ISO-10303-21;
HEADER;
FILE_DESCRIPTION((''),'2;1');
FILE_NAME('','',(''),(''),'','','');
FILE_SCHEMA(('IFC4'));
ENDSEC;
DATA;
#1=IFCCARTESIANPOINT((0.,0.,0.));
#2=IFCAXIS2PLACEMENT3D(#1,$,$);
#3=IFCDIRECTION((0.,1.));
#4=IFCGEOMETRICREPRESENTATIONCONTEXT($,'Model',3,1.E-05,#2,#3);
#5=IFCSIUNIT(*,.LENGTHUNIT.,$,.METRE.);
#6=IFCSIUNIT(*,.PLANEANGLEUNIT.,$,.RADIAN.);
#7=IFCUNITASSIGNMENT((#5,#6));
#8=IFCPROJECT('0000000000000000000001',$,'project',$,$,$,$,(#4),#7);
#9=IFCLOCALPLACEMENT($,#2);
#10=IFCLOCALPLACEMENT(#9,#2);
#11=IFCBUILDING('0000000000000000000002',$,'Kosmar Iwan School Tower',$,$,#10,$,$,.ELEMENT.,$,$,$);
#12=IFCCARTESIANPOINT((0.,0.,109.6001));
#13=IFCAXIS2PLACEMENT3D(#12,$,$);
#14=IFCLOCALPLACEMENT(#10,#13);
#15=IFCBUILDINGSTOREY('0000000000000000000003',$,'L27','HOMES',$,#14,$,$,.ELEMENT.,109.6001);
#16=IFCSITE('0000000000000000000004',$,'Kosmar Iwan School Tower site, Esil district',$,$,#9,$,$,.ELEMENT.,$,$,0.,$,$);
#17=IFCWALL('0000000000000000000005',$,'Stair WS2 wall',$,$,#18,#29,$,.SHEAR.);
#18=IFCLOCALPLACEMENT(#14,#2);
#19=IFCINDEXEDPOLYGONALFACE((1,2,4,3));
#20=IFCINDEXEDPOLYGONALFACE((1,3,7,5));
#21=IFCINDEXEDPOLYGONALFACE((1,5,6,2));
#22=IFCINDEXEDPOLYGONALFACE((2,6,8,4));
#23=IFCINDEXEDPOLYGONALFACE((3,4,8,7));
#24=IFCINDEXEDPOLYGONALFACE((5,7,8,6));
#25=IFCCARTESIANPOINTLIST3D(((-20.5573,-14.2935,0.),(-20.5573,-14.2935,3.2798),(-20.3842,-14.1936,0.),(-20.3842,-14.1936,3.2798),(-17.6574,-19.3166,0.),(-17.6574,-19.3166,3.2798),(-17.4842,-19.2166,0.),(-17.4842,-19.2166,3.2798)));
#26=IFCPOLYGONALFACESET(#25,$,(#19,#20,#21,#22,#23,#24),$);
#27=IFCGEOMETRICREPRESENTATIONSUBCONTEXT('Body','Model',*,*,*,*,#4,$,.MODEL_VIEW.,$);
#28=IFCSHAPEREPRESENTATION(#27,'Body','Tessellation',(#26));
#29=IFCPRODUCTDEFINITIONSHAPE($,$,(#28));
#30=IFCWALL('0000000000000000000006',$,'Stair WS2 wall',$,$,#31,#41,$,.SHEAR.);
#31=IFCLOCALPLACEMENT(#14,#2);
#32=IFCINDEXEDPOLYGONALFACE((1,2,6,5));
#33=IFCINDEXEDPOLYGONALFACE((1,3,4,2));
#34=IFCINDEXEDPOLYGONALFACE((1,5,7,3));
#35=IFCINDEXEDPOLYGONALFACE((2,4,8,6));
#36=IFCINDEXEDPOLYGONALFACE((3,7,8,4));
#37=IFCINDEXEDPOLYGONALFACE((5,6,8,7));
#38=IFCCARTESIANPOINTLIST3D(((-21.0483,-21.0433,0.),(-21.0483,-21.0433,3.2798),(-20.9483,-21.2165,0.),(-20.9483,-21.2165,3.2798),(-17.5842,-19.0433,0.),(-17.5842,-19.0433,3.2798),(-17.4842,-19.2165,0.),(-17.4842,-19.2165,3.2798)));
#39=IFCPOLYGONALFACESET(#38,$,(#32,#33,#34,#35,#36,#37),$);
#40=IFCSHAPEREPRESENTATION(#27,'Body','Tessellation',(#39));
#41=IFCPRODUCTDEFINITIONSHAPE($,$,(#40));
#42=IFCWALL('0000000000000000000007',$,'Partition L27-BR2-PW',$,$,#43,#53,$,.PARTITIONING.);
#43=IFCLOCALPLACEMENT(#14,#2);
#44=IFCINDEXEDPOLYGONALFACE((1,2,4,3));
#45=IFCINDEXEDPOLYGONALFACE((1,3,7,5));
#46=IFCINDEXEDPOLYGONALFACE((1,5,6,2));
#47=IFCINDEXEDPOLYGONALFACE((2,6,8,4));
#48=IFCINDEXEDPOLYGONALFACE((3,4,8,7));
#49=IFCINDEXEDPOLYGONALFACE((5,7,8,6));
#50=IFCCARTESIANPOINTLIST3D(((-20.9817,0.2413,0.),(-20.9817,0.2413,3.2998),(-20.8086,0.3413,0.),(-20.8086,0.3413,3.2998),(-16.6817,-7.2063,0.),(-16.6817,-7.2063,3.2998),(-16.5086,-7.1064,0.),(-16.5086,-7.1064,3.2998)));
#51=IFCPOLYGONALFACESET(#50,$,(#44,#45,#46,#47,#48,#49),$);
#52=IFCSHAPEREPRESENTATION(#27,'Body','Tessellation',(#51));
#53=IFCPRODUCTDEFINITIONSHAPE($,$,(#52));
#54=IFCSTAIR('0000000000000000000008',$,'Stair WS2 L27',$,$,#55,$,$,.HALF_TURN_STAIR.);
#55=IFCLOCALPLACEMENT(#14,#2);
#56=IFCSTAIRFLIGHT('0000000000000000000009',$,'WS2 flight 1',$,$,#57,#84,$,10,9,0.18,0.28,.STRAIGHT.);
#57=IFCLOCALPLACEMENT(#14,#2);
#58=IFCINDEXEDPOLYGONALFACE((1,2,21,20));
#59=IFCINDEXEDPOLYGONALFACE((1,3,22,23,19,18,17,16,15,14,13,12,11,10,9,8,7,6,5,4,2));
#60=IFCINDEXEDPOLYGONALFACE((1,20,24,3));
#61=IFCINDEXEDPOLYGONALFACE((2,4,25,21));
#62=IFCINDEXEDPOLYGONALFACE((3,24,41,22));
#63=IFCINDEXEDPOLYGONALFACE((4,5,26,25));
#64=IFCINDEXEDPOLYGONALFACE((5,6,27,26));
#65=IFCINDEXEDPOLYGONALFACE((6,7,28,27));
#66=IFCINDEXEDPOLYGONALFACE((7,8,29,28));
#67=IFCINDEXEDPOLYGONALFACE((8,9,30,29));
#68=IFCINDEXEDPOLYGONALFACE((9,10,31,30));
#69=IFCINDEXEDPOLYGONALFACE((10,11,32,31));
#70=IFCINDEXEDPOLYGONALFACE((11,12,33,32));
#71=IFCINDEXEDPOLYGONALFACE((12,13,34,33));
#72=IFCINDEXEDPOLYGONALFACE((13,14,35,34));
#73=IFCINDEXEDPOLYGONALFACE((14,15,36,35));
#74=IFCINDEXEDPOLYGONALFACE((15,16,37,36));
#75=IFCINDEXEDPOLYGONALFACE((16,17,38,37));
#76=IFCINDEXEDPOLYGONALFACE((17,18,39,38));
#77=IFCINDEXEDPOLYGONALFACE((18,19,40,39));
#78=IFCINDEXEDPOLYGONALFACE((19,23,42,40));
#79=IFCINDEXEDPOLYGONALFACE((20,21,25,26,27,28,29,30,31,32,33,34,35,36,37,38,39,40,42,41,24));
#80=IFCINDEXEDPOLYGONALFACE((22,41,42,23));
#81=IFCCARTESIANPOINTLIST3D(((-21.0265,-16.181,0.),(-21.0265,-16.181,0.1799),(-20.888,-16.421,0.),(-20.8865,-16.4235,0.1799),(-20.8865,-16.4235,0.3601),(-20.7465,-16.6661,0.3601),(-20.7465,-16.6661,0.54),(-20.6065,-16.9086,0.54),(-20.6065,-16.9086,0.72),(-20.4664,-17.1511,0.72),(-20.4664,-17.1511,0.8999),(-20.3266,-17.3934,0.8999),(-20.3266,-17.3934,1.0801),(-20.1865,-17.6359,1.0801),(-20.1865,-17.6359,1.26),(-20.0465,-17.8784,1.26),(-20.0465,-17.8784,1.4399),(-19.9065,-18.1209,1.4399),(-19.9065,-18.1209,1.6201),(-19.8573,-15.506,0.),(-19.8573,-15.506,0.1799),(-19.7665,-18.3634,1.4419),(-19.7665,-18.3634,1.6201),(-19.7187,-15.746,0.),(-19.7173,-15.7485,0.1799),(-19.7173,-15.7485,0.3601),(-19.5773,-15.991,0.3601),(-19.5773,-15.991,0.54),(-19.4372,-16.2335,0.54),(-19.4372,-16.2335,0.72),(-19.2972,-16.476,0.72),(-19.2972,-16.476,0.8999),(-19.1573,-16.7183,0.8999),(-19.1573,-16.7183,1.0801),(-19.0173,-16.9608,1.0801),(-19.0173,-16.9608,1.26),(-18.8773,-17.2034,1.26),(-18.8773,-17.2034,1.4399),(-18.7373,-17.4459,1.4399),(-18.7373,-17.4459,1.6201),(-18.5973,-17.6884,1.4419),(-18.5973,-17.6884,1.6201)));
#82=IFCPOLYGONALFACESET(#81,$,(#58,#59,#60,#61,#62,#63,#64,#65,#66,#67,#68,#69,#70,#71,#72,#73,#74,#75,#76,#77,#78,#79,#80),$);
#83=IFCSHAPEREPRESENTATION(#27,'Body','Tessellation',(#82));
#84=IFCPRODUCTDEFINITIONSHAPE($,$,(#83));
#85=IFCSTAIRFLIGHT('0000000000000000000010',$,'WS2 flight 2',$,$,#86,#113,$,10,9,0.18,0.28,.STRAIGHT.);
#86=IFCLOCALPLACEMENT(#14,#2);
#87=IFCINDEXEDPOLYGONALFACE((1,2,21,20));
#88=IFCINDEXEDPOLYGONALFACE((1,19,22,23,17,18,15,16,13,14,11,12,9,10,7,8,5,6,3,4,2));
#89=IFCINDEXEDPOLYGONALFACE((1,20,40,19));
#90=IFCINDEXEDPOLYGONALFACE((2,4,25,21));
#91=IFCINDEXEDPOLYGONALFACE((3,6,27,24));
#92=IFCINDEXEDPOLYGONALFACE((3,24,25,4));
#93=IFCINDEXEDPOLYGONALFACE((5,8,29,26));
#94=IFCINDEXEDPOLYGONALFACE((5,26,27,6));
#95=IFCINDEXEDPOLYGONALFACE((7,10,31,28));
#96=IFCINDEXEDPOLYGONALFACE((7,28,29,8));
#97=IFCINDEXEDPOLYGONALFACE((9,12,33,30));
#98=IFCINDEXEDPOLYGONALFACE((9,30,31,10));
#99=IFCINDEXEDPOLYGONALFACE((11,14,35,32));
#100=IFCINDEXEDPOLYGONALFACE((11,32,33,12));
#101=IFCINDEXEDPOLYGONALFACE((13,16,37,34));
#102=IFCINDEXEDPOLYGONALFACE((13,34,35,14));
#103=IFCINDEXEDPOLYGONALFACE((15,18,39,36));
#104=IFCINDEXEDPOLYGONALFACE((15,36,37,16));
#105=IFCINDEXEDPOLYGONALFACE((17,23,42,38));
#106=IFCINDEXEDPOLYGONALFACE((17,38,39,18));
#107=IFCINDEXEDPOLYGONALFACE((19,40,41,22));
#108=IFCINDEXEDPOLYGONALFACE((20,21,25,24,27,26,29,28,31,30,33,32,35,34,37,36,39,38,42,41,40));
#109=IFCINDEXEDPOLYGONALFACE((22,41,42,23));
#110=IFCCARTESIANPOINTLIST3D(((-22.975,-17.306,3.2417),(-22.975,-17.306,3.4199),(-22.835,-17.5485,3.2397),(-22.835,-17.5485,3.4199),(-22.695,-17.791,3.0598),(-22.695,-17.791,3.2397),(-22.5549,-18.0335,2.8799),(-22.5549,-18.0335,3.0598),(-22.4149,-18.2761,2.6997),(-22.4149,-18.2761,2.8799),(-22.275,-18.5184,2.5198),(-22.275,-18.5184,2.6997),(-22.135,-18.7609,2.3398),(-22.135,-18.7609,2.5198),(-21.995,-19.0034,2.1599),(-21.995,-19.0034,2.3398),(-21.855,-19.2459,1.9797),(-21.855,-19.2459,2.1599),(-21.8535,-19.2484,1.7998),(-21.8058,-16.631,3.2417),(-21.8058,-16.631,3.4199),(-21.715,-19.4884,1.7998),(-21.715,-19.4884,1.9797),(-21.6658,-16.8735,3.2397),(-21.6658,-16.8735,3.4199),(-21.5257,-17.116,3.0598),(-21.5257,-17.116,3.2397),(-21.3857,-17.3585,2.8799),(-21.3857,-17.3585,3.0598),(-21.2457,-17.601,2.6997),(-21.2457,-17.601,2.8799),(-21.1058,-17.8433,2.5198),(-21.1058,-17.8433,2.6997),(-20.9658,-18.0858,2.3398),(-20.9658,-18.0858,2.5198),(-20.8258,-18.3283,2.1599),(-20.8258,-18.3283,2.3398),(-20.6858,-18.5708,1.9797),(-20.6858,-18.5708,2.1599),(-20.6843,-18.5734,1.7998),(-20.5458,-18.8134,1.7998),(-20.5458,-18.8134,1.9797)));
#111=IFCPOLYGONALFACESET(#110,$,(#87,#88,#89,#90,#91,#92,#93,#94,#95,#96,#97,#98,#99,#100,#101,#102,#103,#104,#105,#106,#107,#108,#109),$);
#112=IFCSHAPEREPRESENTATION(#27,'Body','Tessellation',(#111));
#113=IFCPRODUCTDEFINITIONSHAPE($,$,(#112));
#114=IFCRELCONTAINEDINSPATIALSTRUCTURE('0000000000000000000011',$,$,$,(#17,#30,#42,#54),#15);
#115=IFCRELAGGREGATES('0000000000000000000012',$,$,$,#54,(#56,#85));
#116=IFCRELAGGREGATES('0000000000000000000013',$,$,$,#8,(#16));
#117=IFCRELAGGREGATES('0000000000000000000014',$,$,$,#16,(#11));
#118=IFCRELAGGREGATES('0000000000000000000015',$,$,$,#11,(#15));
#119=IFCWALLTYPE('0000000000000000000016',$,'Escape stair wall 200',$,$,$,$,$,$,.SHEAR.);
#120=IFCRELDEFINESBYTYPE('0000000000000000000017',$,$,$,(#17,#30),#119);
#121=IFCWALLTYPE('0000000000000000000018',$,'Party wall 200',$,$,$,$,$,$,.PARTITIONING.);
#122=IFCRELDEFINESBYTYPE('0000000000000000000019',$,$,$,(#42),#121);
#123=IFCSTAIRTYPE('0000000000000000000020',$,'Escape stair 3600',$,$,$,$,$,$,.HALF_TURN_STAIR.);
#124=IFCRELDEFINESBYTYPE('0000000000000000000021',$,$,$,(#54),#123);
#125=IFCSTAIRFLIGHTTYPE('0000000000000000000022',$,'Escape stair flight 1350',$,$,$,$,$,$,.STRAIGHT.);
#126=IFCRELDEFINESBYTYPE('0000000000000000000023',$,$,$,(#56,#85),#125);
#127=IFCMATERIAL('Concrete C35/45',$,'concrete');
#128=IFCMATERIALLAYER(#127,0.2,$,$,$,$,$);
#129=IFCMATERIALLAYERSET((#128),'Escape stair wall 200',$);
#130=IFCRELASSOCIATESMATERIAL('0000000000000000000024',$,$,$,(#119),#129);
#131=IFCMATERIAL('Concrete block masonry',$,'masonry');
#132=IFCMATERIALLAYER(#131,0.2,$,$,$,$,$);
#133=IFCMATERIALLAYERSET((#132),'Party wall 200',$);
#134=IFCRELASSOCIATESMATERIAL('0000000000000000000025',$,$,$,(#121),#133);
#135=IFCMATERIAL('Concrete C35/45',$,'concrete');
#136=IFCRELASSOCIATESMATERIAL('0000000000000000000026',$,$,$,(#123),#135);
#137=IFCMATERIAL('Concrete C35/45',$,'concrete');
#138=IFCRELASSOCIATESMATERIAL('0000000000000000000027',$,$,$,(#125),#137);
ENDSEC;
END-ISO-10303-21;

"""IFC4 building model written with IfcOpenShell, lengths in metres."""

from ifc_helpers import new_model, si_unit, direction, frame, frame_2d, origin, place, context, subcontext, project, spatial, polyline, rectangle, outline, extrude, material, layer, layer_set, type_object, element, aggregate, save


model = new_model("IFC4")

# Units and contexts
model_context = context("Model", 3, precision=1e-05, world=origin(), true_north=direction((0.0, 1.0)))
body_context = subcontext(model_context, "Body", "Model", "MODEL_VIEW")
ifc_project = project(units=[si_unit("LENGTHUNIT", "METRE"), si_unit("PLANEANGLEUNIT", "RADIAN")], contexts=[model_context])

# Site, building, storey
site_placement = place(None, origin())
site = spatial("IfcSite", under=ifc_project, at=site_placement, Name="Kosmar Iwan School Tower site, Esil district", CompositionType="ELEMENT", RefElevation=0.0)
building_placement = place(site_placement, origin())
building = spatial("IfcBuilding", under=site, at=building_placement, Name="Kosmar Iwan School Tower", CompositionType="ELEMENT")
storey_placement = place(building_placement, frame((0.0, 0.0, 109.6001)))
storey = spatial("IfcBuildingStorey", under=building, at=storey_placement, Name="L27", Description="HOMES", CompositionType="ELEMENT", Elevation=109.6001)

# Walls
ifc_material_1 = material(Name="Concrete C35/45", Category="concrete")
ifc_layer_1 = layer(ifc_material_1, 0.2)
ifc_layer_set_1 = layer_set([ifc_layer_1], Name="Escape stair wall 200")
wall_type_1 = type_object("IfcWallType", Name="Escape stair wall 200", PredefinedType="SHEAR", material=ifc_layer_set_1)
wall_1_placement = place(storey_placement, frame((-20.4707, -14.2437, 0.0), z_axis=(0.0, 0.0, 1.0), x_axis=(0.499987, -0.866033, 0.0)))
element("IfcWall", 1, at=wall_1_placement, inside=storey, type_object=wall_type_1, Name="Stair WS2 wall", PredefinedType="SHEAR", context=body_context, shape_type="SweptSolid", body=[
    extrude(rectangle(XDim=5.8, YDim=0.2, at=frame_2d((2.8999, 0.0))), origin(), (0.0, 0.0, 1.0), 3.2798),
])
wall_2_placement = place(storey_placement, frame((-17.5342, -19.1299, 0.0), z_axis=(0.0, 0.0, 1.0), x_axis=(-0.866026, -0.499999, 0.0)))
element("IfcWall", 2, at=wall_2_placement, inside=storey, type_object=wall_type_1, Name="Stair WS2 wall", PredefinedType="SHEAR", context=body_context, shape_type="SweptSolid", body=[
    extrude(rectangle(XDim=4.0, YDim=0.2, at=frame_2d((2.0, 0.0))), origin(), (0.0, 0.0, 1.0), 3.2798),
])
ifc_material_2 = material(Name="Concrete block masonry", Category="masonry")
ifc_layer_2 = layer(ifc_material_2, 0.2)
ifc_layer_set_2 = layer_set([ifc_layer_2], Name="Party wall 200")
wall_type_2 = type_object("IfcWallType", Name="Party wall 200", PredefinedType="PARTITIONING", material=ifc_layer_set_2)
wall_3_placement = place(storey_placement, frame((-16.5952, -7.1562, 0.0), z_axis=(0.0, 0.0, 1.0), x_axis=(-0.500008, 0.866021, 0.0)))
element("IfcWall", 3, at=wall_3_placement, inside=storey, type_object=wall_type_2, Name="Partition L27-BR2-PW", PredefinedType="PARTITIONING", context=body_context, shape_type="SweptSolid", body=[
    extrude(rectangle(XDim=8.5999, YDim=0.2, at=frame_2d((4.2998, 0.0))), origin(), (0.0, 0.0, 1.0), 3.2998),
])

# Stair, stair flights
ifc_material_3 = material(Name="Concrete C35/45", Category="concrete")
stair_type = type_object("IfcStairType", Name="Escape stair 3600", PredefinedType="HALF_TURN_STAIR", material=ifc_material_3)
stair_placement = place(storey_placement, origin())
stair = element("IfcStair", 4, at=stair_placement, inside=storey, type_object=stair_type, Name="Stair WS2 L27", PredefinedType="HALF_TURN_STAIR")
ifc_material_4 = material(Name="Concrete C35/45", Category="concrete")
stair_flight_type = type_object("IfcStairFlightType", Name="Escape stair flight 1350", PredefinedType="STRAIGHT", material=ifc_material_4)
stair_flight_1_placement = place(storey_placement, frame((-20.4419, -15.8435, 0.0), z_axis=(0.0, 0.0, 1.0), x_axis=(0.5, -0.866025, 0.0)))
stair_flight_1 = element("IfcStairFlight", 5, at=stair_flight_1_placement, type_object=stair_flight_type, Name="WS2 flight 1", NumberOfRisers=10, NumberOfTreads=9, PredefinedType="STRAIGHT", RiserHeight=0.18, TreadLength=0.28, context=body_context, shape_type="SweptSolid", body=[
    extrude(outline(polyline([(0.0, 0.0), (0.0, 0.1799), (0.28, 0.1799), (0.28, 0.3601), (0.5601, 0.3601), (0.5601, 0.54), (0.8401, 0.54), (0.8401, 0.72), (1.1201, 0.72), (1.1201, 0.8999), (1.3999, 0.8999), (1.3999, 1.0801), (1.6799, 1.0801), (1.6799, 1.26), (1.96, 1.26), (1.96, 1.4399), (2.24, 1.4399), (2.24, 1.6201), (2.52, 1.6201), (2.52, 1.8), (2.52, 1.4419), (0.2771, 0.0), (0.0, 0.0)])), frame((0.0, 0.675, 0.0), z_axis=(0.0, -1.0, 0.0), x_axis=(1.0, 0.0, 0.0)), (0.0, 0.0, 1.0), 1.3501),
])
stair_flight_2_placement = place(storey_placement, frame((-21.1304, -19.1509, 1.7998), z_axis=(0.0, 0.0, 1.0), x_axis=(-0.5, 0.866025, 0.0)))
stair_flight_2 = element("IfcStairFlight", 6, at=stair_flight_2_placement, type_object=stair_flight_type, Name="WS2 flight 2", NumberOfRisers=10, NumberOfTreads=9, PredefinedType="STRAIGHT", RiserHeight=0.18, TreadLength=0.28, context=body_context, shape_type="SweptSolid", body=[
    extrude(outline(polyline([(0.0, 0.0), (0.0, 0.1799), (0.28, 0.1799), (0.28, 0.3601), (0.5601, 0.3601), (0.5601, 0.54), (0.8401, 0.54), (0.8401, 0.72), (1.1201, 0.72), (1.1201, 0.8999), (1.3999, 0.8999), (1.3999, 1.0801), (1.6799, 1.0801), (1.6799, 1.26), (1.96, 1.26), (1.96, 1.4399), (2.24, 1.4399), (2.24, 1.6201), (2.52, 1.6201), (2.52, 1.8), (2.52, 1.4419), (0.2771, 0.0), (0.0, 0.0)])), frame((0.0, 0.675, 0.0), z_axis=(0.0, -1.0, 0.0), x_axis=(1.0, 0.0, 0.0)), (0.0, 0.0, 1.0), 1.3501),
])
aggregate(stair, [stair_flight_1, stair_flight_2])

save(model, "model.ifc")
